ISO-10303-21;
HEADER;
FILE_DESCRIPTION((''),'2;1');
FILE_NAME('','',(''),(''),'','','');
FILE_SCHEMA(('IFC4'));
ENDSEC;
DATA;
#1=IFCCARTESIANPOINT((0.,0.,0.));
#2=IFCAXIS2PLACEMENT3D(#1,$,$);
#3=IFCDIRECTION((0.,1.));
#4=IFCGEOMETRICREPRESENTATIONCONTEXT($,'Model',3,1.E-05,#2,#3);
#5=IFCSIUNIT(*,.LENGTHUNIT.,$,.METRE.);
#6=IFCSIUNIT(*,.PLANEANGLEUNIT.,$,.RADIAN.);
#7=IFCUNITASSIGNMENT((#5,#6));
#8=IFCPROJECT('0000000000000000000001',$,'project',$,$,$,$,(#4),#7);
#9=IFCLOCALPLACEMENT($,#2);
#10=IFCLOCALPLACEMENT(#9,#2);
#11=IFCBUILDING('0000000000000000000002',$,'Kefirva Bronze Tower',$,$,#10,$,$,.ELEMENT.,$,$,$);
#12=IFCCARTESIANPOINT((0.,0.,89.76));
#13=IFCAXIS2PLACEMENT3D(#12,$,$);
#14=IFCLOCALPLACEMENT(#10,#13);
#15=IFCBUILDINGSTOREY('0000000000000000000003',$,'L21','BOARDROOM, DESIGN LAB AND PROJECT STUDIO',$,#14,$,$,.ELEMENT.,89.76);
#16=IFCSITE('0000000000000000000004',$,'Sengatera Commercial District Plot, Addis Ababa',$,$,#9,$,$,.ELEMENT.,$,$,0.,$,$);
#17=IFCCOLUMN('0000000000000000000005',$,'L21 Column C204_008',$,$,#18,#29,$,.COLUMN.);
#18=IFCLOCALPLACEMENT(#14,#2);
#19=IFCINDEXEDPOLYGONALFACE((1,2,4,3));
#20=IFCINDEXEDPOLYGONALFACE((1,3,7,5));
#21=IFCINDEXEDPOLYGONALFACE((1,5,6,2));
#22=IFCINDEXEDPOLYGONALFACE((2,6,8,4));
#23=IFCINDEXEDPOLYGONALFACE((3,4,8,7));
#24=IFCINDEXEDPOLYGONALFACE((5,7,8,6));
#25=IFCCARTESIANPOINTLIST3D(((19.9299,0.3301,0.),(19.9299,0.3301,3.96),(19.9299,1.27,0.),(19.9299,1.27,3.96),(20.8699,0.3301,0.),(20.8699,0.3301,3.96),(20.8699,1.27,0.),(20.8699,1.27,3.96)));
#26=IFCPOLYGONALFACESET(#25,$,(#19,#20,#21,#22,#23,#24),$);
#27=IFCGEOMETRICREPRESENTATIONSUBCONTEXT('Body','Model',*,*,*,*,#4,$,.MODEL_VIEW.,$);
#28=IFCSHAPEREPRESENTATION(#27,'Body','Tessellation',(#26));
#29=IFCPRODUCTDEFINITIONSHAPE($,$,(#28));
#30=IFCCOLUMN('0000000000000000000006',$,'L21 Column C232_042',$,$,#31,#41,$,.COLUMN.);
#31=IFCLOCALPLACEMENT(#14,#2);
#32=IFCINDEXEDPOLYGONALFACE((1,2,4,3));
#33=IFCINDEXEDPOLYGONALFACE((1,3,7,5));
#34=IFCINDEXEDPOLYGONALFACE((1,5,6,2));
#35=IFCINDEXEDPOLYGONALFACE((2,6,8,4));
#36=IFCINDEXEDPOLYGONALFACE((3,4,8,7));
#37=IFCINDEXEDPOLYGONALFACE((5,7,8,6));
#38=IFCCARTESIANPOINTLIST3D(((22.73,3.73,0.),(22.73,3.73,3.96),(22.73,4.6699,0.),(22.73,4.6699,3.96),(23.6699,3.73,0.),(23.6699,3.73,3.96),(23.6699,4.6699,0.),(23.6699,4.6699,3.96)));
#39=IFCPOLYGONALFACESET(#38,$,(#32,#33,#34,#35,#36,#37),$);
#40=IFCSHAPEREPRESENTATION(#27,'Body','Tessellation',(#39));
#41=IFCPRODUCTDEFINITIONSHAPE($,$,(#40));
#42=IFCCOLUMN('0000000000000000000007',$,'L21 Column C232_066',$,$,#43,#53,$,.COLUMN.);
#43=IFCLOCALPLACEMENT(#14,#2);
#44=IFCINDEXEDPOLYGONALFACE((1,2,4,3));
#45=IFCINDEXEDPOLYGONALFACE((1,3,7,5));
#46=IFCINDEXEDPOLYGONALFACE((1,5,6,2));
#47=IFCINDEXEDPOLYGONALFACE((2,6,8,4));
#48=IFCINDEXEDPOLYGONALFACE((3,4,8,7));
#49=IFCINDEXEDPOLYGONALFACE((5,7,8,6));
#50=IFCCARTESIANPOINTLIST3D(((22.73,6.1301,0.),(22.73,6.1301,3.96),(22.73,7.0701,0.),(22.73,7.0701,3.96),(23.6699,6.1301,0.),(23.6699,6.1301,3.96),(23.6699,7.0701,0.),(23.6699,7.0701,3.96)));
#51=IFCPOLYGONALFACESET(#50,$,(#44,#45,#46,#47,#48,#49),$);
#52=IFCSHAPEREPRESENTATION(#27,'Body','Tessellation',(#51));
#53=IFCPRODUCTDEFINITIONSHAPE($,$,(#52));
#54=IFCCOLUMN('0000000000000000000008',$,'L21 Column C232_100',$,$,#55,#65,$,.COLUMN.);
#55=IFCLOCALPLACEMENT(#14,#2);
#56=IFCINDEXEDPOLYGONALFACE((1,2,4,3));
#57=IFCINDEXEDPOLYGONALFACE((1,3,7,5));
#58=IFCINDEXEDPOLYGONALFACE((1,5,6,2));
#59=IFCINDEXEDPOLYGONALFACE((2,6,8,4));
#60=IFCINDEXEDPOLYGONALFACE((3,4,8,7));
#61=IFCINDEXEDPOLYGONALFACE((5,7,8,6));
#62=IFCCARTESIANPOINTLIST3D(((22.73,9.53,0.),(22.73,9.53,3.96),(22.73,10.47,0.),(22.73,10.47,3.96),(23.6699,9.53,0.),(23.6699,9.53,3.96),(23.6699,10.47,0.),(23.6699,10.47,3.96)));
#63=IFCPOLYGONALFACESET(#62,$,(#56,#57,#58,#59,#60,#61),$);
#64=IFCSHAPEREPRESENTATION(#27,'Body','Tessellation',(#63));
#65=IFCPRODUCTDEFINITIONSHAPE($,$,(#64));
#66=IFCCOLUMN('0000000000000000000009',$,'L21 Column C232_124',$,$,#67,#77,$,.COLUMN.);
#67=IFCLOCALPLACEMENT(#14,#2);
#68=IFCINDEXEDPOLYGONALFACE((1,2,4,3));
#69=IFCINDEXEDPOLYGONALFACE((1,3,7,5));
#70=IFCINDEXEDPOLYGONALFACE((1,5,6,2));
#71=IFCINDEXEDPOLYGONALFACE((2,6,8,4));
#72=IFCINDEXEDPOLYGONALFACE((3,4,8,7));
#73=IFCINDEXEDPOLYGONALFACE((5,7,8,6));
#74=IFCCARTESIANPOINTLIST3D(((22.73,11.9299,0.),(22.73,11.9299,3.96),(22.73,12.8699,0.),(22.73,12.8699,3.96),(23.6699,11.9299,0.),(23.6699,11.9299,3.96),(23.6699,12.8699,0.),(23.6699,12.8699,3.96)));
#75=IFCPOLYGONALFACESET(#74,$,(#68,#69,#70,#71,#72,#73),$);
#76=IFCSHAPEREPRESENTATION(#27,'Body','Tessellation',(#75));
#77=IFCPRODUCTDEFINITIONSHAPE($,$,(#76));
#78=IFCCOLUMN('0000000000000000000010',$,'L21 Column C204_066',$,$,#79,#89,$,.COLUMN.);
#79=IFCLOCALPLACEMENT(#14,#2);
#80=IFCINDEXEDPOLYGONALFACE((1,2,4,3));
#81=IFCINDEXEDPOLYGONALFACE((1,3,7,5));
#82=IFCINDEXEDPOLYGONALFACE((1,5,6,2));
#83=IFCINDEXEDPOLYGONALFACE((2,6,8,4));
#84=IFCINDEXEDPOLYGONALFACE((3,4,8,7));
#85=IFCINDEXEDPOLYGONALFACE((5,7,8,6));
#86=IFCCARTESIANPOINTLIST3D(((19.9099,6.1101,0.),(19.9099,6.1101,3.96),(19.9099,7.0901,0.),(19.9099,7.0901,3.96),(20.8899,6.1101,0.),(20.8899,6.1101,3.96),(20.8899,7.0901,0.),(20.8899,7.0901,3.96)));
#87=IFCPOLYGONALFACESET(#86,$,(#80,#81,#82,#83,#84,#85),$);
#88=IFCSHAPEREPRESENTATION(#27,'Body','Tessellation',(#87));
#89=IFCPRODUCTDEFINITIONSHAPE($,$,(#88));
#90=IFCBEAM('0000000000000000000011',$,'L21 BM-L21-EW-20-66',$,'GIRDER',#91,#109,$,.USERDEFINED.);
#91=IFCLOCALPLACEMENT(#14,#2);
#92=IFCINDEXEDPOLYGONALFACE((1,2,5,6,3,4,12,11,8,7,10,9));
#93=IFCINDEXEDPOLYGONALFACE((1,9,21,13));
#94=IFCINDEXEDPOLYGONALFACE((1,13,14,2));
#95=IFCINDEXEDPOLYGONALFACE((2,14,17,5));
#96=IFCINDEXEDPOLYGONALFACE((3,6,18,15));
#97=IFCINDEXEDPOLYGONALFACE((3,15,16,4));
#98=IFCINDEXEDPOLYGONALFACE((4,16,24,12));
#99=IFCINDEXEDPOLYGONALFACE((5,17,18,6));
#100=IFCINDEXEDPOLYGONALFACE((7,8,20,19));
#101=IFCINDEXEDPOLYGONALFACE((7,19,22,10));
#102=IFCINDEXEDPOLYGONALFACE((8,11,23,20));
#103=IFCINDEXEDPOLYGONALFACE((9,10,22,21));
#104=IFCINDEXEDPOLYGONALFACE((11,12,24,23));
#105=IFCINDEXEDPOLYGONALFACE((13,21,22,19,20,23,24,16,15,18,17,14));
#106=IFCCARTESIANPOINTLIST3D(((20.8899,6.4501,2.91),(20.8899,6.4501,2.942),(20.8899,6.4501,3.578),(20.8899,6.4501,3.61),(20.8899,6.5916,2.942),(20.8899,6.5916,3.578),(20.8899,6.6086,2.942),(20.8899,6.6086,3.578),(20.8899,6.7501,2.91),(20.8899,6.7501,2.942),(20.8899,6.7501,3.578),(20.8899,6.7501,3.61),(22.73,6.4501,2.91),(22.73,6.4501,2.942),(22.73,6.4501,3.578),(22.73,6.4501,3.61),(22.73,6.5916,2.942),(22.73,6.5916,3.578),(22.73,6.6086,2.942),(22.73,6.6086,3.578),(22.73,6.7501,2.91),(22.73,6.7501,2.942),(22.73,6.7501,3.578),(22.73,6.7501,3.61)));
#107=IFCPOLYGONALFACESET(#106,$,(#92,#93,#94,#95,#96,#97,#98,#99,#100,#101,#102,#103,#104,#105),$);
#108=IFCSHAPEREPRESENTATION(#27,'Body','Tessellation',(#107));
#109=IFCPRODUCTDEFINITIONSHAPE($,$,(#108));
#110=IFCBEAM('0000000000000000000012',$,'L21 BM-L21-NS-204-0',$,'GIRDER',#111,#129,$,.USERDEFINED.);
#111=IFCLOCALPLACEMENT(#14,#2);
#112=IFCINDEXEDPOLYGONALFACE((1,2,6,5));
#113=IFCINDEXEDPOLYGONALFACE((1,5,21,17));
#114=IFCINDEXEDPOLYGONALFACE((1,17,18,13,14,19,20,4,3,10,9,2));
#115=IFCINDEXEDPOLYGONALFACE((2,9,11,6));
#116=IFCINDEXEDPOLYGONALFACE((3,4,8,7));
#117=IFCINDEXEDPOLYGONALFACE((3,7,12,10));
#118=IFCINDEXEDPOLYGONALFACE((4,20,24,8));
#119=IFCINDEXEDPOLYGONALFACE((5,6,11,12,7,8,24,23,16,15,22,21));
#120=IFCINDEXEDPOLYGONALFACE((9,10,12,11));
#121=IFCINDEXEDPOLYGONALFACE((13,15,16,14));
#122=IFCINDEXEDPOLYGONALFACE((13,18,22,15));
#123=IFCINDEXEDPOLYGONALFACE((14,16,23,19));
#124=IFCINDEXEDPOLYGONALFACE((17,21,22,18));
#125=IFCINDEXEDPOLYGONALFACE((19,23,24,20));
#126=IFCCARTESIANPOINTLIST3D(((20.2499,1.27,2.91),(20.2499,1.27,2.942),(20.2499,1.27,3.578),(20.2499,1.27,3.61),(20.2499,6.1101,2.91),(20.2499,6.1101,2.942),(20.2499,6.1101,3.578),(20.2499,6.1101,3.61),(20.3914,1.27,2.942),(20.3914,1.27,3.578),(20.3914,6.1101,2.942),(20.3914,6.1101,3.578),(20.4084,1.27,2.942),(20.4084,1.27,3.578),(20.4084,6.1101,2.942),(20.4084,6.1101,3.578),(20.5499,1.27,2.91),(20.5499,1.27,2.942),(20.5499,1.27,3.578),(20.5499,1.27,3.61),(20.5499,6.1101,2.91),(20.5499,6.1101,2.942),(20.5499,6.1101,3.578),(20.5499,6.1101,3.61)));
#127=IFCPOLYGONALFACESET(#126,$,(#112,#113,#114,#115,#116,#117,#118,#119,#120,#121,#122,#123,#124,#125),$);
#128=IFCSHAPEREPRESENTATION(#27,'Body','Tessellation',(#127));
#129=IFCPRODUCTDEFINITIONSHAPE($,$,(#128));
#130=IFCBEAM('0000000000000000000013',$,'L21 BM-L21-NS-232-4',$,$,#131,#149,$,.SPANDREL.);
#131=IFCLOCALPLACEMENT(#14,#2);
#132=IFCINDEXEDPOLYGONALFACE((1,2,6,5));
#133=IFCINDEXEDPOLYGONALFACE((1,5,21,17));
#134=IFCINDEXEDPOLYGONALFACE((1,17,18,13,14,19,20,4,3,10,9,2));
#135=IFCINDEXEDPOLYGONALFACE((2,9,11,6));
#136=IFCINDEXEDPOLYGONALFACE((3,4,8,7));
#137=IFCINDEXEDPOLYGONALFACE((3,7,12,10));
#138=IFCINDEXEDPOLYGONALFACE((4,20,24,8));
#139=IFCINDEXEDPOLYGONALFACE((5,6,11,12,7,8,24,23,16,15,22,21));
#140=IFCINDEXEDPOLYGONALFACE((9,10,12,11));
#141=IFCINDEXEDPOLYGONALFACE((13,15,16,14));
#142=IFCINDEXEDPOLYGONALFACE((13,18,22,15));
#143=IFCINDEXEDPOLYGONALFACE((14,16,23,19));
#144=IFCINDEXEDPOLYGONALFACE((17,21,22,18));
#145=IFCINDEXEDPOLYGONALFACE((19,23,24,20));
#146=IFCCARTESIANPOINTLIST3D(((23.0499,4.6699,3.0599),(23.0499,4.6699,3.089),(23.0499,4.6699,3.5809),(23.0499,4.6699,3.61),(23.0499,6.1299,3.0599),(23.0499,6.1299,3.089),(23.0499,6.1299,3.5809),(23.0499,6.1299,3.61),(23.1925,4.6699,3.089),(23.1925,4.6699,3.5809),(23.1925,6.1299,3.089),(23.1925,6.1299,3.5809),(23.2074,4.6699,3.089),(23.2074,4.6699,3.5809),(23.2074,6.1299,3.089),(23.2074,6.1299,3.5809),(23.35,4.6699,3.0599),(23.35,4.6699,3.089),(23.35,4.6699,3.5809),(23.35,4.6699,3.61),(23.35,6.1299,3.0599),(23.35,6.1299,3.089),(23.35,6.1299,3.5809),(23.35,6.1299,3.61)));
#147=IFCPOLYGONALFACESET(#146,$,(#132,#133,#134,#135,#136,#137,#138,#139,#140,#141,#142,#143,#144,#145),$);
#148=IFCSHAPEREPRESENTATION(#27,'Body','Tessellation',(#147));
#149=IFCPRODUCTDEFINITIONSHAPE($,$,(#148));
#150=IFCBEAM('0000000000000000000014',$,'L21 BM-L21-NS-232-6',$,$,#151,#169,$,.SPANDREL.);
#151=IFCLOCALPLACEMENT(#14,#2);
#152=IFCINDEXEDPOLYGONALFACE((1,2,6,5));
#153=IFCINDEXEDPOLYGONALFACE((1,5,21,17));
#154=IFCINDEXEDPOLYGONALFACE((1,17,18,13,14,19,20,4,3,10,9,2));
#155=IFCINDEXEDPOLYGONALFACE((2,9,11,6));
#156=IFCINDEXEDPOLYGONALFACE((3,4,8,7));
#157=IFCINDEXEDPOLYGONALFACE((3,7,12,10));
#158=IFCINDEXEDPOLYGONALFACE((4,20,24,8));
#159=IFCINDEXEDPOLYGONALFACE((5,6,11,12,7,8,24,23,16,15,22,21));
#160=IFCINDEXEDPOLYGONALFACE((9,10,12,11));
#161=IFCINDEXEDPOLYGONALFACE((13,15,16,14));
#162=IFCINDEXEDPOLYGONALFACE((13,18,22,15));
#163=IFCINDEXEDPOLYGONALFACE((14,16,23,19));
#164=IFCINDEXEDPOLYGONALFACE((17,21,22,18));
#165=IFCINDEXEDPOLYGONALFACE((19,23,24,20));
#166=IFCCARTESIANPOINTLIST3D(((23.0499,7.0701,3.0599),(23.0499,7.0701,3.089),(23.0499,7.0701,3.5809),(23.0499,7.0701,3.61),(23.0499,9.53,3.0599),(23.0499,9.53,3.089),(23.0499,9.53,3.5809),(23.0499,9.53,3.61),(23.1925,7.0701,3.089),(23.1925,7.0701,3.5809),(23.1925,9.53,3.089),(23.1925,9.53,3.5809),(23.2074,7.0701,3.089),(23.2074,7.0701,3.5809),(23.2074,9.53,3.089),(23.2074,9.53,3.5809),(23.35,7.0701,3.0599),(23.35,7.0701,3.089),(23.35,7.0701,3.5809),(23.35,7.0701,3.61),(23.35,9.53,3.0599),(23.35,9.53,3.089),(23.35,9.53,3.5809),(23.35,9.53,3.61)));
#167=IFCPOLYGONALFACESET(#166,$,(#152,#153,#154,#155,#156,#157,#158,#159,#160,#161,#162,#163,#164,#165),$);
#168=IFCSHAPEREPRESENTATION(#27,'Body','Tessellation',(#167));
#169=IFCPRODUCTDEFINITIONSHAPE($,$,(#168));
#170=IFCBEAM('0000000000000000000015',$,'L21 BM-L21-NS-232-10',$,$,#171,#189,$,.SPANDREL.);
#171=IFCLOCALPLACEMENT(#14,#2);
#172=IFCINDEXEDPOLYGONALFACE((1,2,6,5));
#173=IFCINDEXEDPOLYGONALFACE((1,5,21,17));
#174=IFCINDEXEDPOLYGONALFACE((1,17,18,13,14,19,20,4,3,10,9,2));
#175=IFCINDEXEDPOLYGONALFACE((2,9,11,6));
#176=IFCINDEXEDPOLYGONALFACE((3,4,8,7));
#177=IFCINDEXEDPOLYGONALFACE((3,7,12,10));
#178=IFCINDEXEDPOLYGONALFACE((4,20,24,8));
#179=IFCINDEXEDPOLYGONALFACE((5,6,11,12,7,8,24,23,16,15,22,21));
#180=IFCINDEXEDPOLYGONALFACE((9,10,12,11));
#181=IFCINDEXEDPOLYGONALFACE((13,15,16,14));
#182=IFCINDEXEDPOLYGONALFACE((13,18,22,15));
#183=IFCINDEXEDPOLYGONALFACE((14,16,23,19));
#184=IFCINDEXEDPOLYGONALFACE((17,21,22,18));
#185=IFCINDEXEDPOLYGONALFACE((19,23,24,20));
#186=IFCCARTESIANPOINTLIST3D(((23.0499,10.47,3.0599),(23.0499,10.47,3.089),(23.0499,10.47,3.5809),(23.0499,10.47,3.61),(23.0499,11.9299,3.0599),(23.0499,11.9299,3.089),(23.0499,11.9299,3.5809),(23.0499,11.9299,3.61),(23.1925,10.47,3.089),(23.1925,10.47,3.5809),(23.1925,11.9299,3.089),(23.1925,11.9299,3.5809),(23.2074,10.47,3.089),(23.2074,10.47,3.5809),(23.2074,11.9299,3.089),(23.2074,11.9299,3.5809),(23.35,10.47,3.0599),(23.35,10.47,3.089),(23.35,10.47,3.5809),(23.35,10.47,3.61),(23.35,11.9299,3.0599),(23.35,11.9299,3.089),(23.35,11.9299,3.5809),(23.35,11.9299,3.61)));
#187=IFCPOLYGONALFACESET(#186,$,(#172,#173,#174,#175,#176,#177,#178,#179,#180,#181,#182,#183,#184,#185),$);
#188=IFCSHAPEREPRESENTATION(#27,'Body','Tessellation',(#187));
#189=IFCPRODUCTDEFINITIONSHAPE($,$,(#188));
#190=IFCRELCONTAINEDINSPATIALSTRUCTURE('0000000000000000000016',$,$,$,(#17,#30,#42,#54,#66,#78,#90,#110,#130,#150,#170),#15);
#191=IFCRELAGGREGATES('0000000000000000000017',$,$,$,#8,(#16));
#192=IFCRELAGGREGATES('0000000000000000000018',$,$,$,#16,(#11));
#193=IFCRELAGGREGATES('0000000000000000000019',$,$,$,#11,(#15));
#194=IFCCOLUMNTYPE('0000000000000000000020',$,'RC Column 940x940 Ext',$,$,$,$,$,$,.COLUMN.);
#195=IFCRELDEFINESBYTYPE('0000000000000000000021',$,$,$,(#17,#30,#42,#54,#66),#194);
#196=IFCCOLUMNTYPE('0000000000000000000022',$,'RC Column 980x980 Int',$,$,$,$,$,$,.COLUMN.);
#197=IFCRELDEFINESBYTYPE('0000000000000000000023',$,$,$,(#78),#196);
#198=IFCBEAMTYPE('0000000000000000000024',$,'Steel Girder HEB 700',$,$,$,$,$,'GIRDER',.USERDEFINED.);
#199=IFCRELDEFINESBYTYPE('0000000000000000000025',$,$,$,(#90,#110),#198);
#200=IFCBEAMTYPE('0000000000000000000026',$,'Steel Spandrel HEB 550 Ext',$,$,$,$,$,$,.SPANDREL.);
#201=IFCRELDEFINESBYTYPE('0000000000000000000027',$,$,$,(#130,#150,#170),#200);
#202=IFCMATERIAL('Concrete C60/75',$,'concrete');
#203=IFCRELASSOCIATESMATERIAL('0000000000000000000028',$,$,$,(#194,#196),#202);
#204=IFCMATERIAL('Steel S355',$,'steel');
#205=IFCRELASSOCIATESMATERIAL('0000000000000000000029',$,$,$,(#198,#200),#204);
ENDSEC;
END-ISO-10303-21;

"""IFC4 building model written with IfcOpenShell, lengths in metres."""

from ifc_helpers import new_model, si_unit, direction, frame, origin, origin_2d, place, context, subcontext, project, spatial, rectangle, i_section, extrude, material, material_profile, profile_set, type_object, element, save


model = new_model("IFC4")

# Units and contexts
model_context = context("Model", 3, precision=1e-05, world=origin(), true_north=direction((0.0, 1.0)))
body_context = subcontext(model_context, "Body", "Model", "MODEL_VIEW")
ifc_project = project(units=[si_unit("LENGTHUNIT", "METRE"), si_unit("PLANEANGLEUNIT", "RADIAN")], contexts=[model_context])

# Site, building, storey
site_placement = place(None, origin())
site = spatial("IfcSite", under=ifc_project, at=site_placement, Name="Sengatera Commercial District Plot, Addis Ababa", CompositionType="ELEMENT", RefElevation=0.0)
building_placement = place(site_placement, origin())
building = spatial("IfcBuilding", under=site, at=building_placement, Name="Kefirva Bronze Tower", CompositionType="ELEMENT")
storey_placement = place(building_placement, frame((0.0, 0.0, 89.76)))
storey = spatial("IfcBuildingStorey", under=building, at=storey_placement, Name="L21", Description="BOARDROOM, DESIGN LAB AND PROJECT STUDIO", CompositionType="ELEMENT", Elevation=89.76)

# Columns
ifc_material_1 = material(Name="Concrete C60/75", Category="concrete")
ifc_material_profile_1 = material_profile(ifc_material_1, rectangle(XDim=0.9399, YDim=0.9399, at=origin_2d()), Name="RC 940x940")
ifc_profile_set_1 = profile_set([ifc_material_profile_1], Name="Concrete C60/75")
column_type_1 = type_object("IfcColumnType", Name="RC Column 940x940 Ext", PredefinedType="COLUMN", material=ifc_profile_set_1)
for number, where, z_axis, x_axis, name in (
    (1, (20.3999, 0.8, 0.0), (0.0, 0.0, 1.0), (1.0, 0.0, 0.0), "L21 Column C204_008"),
    (2, (23.2, 4.2, 0.0), (0.0, 0.0, 1.0), (1.0, 0.0, 0.0), "L21 Column C232_042"),
    (3, (23.2, 6.6001, 0.0), (0.0, 0.0, 1.0), (1.0, 0.0, 0.0), "L21 Column C232_066"),
    (4, (23.2, 10.0, 0.0), (0.0, 0.0, 1.0), (1.0, 0.0, 0.0), "L21 Column C232_100"),
    (5, (23.2, 12.3999, 0.0), (0.0, 0.0, 1.0), (1.0, 0.0, 0.0), "L21 Column C232_124"),
):
    element("IfcColumn", number, at=place(storey_placement, frame(where, z_axis=z_axis, x_axis=x_axis)), inside=storey, type_object=column_type_1, Name=name, PredefinedType="COLUMN", context=body_context, shape_type="SweptSolid", body=[
        extrude(rectangle(XDim=0.9399, YDim=0.9399, at=origin_2d()), origin(), (0.0, 0.0, 1.0), 3.96),
    ])
ifc_material_profile_2 = material_profile(ifc_material_1, rectangle(XDim=0.98, YDim=0.98, at=origin_2d()), Name="RC 980x980")
ifc_profile_set_2 = profile_set([ifc_material_profile_2], Name="Concrete C60/75")
column_type_2 = type_object("IfcColumnType", Name="RC Column 980x980 Int", PredefinedType="COLUMN", material=ifc_profile_set_2)
column_placement = place(storey_placement, frame((20.3999, 6.6001, 0.0), z_axis=(0.0, 0.0, 1.0), x_axis=(1.0, 0.0, 0.0)))
element("IfcColumn", 6, at=column_placement, inside=storey, type_object=column_type_2, Name="L21 Column C204_066", PredefinedType="COLUMN", context=body_context, shape_type="SweptSolid", body=[
    extrude(rectangle(XDim=0.98, YDim=0.98, at=origin_2d()), origin(), (0.0, 0.0, 1.0), 3.96),
])

# Beams
ifc_material_2 = material(Name="Steel S355", Category="steel")
ifc_material_profile_3 = material_profile(ifc_material_2, i_section(OverallWidth=0.3, OverallDepth=0.7, WebThickness=0.0171, FlangeThickness=0.032, at=origin_2d()), Name="HEB 700")
ifc_profile_set_3 = profile_set([ifc_material_profile_3], Name="Steel S355")
beam_type_1 = type_object("IfcBeamType", Name="Steel Girder HEB 700", ElementType="GIRDER", PredefinedType="USERDEFINED", material=ifc_profile_set_3)
beam_1_placement = place(storey_placement, frame((20.8899, 6.6001, 3.26), z_axis=(1.0, 0.0, 0.0), x_axis=(0.0, 1.0, 0.0)))
element("IfcBeam", 7, at=beam_1_placement, inside=storey, type_object=beam_type_1, Name="L21 BM-L21-EW-20-66", ObjectType="GIRDER", PredefinedType="USERDEFINED", context=body_context, shape_type="SweptSolid", body=[
    extrude(i_section(OverallWidth=0.3, OverallDepth=0.7, WebThickness=0.0171, FlangeThickness=0.032, at=origin_2d()), origin(), (0.0, 0.0, 1.0), 1.8401),
])
beam_2_placement = place(storey_placement, frame((20.3999, 1.27, 3.26), z_axis=(0.0, 1.0, 0.0), x_axis=(-1.0, 0.0, 0.0)))
element("IfcBeam", 8, at=beam_2_placement, inside=storey, type_object=beam_type_1, Name="L21 BM-L21-NS-204-0", ObjectType="GIRDER", PredefinedType="USERDEFINED", context=body_context, shape_type="SweptSolid", body=[
    extrude(i_section(OverallWidth=0.3, OverallDepth=0.7, WebThickness=0.0171, FlangeThickness=0.032, at=origin_2d()), origin(), (0.0, 0.0, 1.0), 4.8401),
])
ifc_material_profile_4 = material_profile(ifc_material_2, i_section(OverallWidth=0.3, OverallDepth=0.55, WebThickness=0.0149, FlangeThickness=0.0291, at=origin_2d()), Name="HEB 550")
ifc_profile_set_4 = profile_set([ifc_material_profile_4], Name="Steel S355")
beam_type_2 = type_object("IfcBeamType", Name="Steel Spandrel HEB 550 Ext", PredefinedType="SPANDREL", material=ifc_profile_set_4)
beam_3_placement = place(storey_placement, frame((23.2, 4.6699, 3.335), z_axis=(0.0, 1.0, 0.0), x_axis=(-1.0, 0.0, 0.0)))
element("IfcBeam", 9, at=beam_3_placement, inside=storey, type_object=beam_type_2, Name="L21 BM-L21-NS-232-4", PredefinedType="SPANDREL", context=body_context, shape_type="SweptSolid", body=[
    extrude(i_section(OverallWidth=0.3, OverallDepth=0.55, WebThickness=0.0149, FlangeThickness=0.0291, at=origin_2d()), origin(), (0.0, 0.0, 1.0), 1.46),
])
beam_4_placement = place(storey_placement, frame((23.2, 7.0701, 3.335), z_axis=(0.0, 1.0, 0.0), x_axis=(-1.0, 0.0, 0.0)))
element("IfcBeam", 10, at=beam_4_placement, inside=storey, type_object=beam_type_2, Name="L21 BM-L21-NS-232-6", PredefinedType="SPANDREL", context=body_context, shape_type="SweptSolid", body=[
    extrude(i_section(OverallWidth=0.3, OverallDepth=0.55, WebThickness=0.0149, FlangeThickness=0.0291, at=origin_2d()), origin(), (0.0, 0.0, 1.0), 2.46),
])
beam_5_placement = place(storey_placement, frame((23.2, 10.47, 3.335), z_axis=(0.0, 1.0, 0.0), x_axis=(-1.0, 0.0, 0.0)))
element("IfcBeam", 11, at=beam_5_placement, inside=storey, type_object=beam_type_2, Name="L21 BM-L21-NS-232-10", PredefinedType="SPANDREL", context=body_context, shape_type="SweptSolid", body=[
    extrude(i_section(OverallWidth=0.3, OverallDepth=0.55, WebThickness=0.0149, FlangeThickness=0.0291, at=origin_2d()), origin(), (0.0, 0.0, 1.0), 1.46),
])

save(model, "model.ifc")
